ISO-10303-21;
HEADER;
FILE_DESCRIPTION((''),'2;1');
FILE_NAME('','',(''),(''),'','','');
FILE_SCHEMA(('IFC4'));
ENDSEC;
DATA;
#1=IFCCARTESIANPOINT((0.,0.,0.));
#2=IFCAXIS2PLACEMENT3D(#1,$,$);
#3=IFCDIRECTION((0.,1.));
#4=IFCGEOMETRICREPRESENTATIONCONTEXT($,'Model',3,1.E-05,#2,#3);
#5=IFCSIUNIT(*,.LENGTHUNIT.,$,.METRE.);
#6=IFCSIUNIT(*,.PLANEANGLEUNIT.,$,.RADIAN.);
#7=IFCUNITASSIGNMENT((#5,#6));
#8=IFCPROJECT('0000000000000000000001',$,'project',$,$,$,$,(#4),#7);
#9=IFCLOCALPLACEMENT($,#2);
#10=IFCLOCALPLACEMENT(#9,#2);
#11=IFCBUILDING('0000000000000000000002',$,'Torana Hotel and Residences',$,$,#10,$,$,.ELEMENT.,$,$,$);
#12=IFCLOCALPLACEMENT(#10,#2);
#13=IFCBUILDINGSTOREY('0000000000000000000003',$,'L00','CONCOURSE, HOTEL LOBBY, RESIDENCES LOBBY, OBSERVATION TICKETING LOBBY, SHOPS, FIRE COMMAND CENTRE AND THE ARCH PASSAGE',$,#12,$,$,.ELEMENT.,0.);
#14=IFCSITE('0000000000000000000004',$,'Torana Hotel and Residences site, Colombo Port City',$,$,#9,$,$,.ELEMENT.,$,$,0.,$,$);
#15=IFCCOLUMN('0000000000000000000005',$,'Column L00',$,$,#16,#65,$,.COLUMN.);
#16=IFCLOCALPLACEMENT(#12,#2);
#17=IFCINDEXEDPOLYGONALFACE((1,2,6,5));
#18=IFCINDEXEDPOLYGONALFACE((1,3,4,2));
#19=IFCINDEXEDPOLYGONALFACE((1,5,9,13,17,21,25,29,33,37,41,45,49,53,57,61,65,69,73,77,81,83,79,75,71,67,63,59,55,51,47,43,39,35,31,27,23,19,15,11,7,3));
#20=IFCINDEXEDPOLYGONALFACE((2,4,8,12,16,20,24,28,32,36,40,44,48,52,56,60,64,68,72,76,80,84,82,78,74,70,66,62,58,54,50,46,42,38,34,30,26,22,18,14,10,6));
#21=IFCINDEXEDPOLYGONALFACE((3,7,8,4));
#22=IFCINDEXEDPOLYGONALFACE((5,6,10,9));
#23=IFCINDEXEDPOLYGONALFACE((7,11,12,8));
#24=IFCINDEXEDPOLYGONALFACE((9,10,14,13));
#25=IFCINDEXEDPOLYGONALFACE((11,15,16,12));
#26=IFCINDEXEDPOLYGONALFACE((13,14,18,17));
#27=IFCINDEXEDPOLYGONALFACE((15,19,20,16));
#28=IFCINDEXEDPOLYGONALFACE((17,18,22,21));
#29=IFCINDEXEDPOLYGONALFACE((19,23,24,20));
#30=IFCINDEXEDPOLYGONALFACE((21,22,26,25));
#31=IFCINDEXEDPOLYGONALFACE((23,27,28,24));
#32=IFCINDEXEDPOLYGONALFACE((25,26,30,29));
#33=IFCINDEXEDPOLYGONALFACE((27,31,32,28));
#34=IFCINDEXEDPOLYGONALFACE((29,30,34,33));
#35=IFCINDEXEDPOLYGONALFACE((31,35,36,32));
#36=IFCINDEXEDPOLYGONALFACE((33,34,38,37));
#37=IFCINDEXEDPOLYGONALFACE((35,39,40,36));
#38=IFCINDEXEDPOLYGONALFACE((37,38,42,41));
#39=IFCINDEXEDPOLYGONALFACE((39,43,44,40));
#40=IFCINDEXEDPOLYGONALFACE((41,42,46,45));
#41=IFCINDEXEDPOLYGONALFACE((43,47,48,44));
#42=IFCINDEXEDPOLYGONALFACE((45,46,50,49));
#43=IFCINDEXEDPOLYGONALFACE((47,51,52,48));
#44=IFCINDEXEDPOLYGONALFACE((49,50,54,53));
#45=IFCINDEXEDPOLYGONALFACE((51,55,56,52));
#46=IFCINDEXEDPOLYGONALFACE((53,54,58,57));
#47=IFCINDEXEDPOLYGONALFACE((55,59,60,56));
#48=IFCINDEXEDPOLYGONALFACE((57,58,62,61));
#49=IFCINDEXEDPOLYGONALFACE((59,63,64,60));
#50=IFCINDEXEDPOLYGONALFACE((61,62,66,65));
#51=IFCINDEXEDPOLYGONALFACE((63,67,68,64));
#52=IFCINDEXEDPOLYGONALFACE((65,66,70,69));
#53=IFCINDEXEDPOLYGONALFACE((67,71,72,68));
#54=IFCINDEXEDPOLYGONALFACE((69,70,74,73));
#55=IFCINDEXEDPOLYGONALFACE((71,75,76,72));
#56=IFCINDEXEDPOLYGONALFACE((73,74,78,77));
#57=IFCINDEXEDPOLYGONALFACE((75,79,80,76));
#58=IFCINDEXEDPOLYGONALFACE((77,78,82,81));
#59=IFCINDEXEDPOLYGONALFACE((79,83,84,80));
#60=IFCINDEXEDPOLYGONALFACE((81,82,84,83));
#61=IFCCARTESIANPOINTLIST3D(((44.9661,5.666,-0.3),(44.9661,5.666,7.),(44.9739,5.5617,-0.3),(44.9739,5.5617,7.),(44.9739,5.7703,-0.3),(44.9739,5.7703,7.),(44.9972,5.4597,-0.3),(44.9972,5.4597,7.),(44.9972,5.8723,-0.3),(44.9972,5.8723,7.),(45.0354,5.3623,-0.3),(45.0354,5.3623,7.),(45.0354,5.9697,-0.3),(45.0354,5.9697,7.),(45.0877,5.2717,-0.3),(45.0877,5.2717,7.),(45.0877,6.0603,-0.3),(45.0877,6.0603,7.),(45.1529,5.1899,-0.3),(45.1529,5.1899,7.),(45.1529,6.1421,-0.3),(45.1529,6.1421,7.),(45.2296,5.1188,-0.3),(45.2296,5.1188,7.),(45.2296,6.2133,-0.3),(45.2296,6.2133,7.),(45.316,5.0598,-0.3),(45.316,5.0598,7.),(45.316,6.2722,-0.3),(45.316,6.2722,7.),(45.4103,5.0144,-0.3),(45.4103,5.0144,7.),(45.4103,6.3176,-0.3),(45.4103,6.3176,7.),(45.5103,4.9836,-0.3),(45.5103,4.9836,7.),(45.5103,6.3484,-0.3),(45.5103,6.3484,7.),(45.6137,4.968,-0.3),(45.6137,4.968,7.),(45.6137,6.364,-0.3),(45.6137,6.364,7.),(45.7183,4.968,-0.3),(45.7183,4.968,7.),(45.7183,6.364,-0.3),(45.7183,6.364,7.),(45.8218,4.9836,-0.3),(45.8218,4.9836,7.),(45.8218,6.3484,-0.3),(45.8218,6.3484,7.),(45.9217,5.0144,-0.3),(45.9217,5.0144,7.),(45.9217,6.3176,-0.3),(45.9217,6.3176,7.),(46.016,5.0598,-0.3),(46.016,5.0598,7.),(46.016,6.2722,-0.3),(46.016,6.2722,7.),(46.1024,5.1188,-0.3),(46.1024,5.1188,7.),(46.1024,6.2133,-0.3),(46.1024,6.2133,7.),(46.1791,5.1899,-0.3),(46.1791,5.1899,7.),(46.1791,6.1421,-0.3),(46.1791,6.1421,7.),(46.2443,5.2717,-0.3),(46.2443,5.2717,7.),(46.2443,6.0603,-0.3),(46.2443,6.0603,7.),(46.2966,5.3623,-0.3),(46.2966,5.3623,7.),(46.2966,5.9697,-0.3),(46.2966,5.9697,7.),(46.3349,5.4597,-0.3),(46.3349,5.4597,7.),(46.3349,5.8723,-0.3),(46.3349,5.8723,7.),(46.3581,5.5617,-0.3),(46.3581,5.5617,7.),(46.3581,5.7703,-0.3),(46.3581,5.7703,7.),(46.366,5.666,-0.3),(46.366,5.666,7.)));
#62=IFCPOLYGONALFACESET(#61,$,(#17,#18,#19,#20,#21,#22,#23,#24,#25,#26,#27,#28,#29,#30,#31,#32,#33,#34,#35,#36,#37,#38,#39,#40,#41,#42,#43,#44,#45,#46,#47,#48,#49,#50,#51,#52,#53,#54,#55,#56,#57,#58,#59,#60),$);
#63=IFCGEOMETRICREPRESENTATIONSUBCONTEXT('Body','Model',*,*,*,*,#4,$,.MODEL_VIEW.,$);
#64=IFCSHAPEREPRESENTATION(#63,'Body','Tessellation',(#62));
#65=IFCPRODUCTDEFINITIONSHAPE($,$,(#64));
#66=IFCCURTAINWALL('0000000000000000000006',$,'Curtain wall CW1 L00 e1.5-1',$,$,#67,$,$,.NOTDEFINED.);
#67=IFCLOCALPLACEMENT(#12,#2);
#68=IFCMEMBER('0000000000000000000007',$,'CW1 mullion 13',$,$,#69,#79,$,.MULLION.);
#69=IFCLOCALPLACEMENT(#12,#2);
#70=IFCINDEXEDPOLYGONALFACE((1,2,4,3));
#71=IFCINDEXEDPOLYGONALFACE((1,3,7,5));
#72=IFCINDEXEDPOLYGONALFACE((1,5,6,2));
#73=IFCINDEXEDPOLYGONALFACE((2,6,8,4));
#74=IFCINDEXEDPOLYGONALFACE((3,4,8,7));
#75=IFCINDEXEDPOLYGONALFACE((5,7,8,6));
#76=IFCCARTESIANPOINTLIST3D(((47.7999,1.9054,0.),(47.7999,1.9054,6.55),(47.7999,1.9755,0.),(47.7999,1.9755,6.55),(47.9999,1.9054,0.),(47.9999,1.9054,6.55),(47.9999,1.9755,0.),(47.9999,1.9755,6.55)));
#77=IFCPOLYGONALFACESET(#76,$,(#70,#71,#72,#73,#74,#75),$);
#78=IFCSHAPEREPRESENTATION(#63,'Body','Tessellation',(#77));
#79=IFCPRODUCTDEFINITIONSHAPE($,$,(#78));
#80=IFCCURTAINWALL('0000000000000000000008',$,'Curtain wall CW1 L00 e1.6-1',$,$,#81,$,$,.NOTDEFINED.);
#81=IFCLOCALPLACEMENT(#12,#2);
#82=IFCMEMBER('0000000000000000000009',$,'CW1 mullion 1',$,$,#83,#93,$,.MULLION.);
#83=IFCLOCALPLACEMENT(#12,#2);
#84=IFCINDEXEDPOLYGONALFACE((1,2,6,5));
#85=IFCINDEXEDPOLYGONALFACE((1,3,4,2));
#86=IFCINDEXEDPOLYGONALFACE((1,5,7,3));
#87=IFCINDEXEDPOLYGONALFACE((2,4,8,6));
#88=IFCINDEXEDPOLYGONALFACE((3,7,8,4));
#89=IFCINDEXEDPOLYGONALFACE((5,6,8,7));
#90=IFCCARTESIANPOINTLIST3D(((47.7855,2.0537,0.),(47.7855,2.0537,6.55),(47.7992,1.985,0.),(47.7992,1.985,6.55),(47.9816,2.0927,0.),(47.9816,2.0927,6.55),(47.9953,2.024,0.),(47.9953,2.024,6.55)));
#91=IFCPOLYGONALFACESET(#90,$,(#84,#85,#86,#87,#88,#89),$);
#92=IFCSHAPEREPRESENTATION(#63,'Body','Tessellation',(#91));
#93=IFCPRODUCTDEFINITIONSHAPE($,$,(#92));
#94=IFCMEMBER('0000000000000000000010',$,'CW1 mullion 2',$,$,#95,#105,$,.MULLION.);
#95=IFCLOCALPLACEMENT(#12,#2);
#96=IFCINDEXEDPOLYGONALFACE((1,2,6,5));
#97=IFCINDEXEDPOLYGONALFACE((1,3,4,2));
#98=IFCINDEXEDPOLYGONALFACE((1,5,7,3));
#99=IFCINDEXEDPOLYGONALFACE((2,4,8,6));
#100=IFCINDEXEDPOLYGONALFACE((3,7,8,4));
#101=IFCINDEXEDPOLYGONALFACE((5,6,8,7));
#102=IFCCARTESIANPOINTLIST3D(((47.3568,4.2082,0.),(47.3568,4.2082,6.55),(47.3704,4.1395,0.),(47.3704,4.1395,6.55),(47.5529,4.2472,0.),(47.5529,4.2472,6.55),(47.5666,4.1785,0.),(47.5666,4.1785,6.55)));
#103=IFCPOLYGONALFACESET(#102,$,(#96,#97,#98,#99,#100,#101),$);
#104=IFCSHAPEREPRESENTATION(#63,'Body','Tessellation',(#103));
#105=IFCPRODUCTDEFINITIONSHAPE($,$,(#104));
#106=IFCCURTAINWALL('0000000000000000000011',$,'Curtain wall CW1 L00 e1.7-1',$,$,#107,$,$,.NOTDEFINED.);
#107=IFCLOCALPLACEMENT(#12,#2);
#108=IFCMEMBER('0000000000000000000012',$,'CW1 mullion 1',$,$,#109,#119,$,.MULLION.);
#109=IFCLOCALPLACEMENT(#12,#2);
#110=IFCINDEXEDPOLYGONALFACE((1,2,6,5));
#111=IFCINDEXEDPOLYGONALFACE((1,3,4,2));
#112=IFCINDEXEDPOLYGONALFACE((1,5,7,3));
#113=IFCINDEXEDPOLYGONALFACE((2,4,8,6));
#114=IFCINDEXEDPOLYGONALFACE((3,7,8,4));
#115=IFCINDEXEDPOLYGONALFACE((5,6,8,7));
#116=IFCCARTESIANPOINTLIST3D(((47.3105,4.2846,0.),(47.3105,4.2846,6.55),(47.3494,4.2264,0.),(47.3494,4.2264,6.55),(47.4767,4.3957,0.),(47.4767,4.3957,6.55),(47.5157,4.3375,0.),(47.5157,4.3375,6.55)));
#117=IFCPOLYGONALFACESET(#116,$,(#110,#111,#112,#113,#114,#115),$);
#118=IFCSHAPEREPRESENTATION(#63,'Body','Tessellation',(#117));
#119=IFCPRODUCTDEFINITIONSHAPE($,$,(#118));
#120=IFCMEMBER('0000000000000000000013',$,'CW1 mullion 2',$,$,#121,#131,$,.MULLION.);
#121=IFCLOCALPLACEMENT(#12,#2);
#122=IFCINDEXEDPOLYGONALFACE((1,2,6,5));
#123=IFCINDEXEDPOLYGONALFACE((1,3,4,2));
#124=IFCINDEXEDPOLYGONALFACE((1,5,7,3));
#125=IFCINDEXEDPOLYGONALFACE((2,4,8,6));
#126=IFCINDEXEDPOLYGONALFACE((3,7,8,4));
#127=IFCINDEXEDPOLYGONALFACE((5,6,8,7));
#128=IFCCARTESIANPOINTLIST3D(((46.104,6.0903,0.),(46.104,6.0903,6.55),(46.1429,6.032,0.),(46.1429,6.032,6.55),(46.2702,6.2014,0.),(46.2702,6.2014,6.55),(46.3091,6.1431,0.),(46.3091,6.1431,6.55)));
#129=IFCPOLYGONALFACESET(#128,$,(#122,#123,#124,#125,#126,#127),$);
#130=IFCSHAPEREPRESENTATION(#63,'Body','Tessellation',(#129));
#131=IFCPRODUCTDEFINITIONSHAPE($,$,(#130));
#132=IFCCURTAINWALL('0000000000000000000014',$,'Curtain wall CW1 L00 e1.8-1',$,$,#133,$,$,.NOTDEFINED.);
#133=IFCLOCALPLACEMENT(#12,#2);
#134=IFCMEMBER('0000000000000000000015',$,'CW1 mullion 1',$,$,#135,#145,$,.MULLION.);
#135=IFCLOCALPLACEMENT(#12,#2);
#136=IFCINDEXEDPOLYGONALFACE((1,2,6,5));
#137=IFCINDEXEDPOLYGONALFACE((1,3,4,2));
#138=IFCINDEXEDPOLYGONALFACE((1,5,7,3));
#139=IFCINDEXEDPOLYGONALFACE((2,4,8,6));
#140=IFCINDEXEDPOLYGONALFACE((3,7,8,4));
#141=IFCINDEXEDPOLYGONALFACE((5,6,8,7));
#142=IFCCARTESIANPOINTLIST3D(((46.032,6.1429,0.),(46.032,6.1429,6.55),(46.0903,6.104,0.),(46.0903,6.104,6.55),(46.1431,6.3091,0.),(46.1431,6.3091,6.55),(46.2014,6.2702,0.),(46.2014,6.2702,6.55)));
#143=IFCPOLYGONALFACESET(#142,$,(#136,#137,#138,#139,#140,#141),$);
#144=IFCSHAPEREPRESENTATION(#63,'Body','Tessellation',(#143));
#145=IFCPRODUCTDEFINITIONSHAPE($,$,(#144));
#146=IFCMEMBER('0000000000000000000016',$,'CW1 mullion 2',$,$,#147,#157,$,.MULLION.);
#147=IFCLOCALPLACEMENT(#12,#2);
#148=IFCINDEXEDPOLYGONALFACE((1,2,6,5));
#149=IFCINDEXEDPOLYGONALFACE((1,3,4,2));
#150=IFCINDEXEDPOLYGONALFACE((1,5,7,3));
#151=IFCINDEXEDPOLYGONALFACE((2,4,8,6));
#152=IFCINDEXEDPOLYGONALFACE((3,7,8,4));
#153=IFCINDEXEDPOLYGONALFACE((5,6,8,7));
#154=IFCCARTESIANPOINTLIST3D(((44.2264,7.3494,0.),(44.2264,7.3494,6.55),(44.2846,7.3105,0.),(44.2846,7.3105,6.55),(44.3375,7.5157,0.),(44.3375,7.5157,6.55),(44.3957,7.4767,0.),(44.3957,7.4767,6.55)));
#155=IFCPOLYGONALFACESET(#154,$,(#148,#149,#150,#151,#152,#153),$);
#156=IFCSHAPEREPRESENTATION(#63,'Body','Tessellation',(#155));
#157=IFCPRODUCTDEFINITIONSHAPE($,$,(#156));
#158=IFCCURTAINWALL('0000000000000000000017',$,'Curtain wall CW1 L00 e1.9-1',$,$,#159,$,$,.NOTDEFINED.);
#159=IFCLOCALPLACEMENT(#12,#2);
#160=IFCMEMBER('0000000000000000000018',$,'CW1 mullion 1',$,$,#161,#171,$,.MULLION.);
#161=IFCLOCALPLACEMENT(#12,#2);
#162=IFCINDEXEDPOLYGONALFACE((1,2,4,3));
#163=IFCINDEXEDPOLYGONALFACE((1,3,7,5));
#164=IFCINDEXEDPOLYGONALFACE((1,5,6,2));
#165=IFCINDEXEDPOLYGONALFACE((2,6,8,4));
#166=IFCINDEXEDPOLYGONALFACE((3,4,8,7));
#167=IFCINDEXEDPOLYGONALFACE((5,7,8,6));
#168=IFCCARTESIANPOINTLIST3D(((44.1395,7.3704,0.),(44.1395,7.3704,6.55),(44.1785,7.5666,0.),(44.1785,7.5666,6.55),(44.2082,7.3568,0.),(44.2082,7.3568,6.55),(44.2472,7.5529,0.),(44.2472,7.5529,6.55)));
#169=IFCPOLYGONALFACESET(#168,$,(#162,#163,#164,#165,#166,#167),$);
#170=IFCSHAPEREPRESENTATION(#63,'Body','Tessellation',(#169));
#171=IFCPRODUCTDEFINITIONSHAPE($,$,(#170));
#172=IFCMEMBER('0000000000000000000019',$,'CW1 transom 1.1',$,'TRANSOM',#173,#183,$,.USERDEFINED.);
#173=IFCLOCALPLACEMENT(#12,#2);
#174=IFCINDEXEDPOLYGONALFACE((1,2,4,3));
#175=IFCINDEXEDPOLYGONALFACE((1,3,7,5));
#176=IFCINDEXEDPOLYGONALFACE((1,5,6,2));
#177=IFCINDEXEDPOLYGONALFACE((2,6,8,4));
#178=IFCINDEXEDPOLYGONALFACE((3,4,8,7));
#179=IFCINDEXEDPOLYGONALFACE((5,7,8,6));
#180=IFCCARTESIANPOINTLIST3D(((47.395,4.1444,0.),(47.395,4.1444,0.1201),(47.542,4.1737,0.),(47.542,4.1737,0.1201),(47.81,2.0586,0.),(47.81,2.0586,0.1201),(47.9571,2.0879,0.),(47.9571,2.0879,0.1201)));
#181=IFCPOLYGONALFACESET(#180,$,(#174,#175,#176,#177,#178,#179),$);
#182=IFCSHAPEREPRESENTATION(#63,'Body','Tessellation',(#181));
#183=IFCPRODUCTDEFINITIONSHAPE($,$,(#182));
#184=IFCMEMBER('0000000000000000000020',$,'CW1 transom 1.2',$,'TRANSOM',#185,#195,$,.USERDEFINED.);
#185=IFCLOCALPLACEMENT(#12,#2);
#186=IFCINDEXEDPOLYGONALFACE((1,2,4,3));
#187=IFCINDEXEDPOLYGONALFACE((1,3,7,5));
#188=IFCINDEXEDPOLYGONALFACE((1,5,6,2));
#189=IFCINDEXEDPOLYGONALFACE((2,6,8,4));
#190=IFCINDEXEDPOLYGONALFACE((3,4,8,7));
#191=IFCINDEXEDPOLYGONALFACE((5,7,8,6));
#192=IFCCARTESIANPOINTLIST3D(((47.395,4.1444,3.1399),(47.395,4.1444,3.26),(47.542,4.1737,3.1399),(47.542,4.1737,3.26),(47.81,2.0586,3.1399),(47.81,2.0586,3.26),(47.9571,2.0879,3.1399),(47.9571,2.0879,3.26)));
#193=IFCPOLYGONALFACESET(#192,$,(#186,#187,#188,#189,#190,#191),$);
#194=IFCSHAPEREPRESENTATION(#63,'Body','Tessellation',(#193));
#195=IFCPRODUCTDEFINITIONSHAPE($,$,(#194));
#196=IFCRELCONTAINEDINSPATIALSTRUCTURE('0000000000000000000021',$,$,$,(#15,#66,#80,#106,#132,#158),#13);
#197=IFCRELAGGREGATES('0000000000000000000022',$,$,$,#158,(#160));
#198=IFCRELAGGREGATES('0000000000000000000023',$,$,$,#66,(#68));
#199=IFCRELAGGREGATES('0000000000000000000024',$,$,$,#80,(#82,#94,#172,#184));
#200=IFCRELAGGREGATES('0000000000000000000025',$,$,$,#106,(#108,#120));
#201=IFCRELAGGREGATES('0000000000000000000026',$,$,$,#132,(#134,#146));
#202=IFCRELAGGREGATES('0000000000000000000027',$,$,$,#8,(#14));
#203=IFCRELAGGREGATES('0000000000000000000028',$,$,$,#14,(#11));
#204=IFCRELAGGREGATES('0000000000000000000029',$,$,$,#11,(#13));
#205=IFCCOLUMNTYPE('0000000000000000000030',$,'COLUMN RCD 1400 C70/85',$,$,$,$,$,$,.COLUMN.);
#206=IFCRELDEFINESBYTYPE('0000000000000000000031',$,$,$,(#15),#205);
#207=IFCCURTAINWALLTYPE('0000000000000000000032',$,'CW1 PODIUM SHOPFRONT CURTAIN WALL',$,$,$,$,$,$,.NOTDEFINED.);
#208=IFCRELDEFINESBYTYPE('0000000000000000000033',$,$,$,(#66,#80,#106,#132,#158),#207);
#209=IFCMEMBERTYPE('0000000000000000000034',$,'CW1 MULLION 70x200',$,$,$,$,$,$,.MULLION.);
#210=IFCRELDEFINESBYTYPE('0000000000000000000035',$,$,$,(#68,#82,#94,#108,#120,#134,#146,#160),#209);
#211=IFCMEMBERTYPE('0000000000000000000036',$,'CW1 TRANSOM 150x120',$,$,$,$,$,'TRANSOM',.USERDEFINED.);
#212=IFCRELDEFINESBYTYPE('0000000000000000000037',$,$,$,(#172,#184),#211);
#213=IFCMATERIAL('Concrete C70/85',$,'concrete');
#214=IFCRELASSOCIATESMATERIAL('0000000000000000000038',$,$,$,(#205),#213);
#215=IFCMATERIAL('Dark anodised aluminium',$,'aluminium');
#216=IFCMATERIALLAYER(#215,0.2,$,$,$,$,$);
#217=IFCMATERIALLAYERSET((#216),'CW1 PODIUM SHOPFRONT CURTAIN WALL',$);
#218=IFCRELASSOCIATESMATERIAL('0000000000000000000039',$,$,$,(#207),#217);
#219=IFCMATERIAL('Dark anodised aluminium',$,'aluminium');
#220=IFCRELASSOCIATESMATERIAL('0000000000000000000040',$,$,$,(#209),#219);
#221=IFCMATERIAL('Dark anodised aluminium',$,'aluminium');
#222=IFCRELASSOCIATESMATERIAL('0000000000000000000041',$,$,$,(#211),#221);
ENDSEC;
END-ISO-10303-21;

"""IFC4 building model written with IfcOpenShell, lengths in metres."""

from ifc_helpers import new_model, si_unit, direction, frame, origin, origin_2d, place, context, subcontext, project, spatial, rectangle, circle, extrude, material, layer, layer_set, material_profile, profile_set, type_object, element, aggregate, save


model = new_model("IFC4")

# Units and contexts
model_context = context("Model", 3, precision=1e-05, world=origin(), true_north=direction((0.0, 1.0)))
body_context = subcontext(model_context, "Body", "Model", "MODEL_VIEW")
ifc_project = project(units=[si_unit("LENGTHUNIT", "METRE"), si_unit("PLANEANGLEUNIT", "RADIAN")], contexts=[model_context])

# Site, building, storey
site_placement = place(None, origin())
site = spatial("IfcSite", under=ifc_project, at=site_placement, Name="Torana Hotel and Residences site, Colombo Port City", CompositionType="ELEMENT", RefElevation=0.0)
building_placement = place(site_placement, origin())
building = spatial("IfcBuilding", under=site, at=building_placement, Name="Torana Hotel and Residences", CompositionType="ELEMENT")
storey_placement = place(building_placement, origin())
storey = spatial("IfcBuildingStorey", under=building, at=storey_placement, Name="L00", Description="CONCOURSE, HOTEL LOBBY, RESIDENCES LOBBY, OBSERVATION TICKETING LOBBY, SHOPS, FIRE COMMAND CENTRE AND THE ARCH PASSAGE", CompositionType="ELEMENT", Elevation=0.0)

# Column
ifc_material_1 = material(Name="Concrete C70/85", Category="concrete")
ifc_material_profile_1 = material_profile(ifc_material_1, circle(Radius=0.7, at=origin_2d()), Name="RCD 1400")
ifc_profile_set_1 = profile_set([ifc_material_profile_1], Name="Concrete C70/85")
column_type = type_object("IfcColumnType", Name="COLUMN RCD 1400 C70/85", PredefinedType="COLUMN", material=ifc_profile_set_1)
column_placement = place(storey_placement, frame((45.666, 5.666, -0.3), z_axis=(0.0, 0.0, 1.0), x_axis=(1.0, 0.0, 0.0)))
element("IfcColumn", 1, at=column_placement, inside=storey, type_object=column_type, Name="Column L00", PredefinedType="COLUMN", context=body_context, shape_type="SweptSolid", body=[
    extrude(circle(Radius=0.7, at=origin_2d()), origin(), (0.0, 0.0, 1.0), 7.3),
])

# Curtain wall, member
ifc_material_2 = material(Name="Dark anodised aluminium", Category="aluminium")
ifc_layer_1 = layer(ifc_material_2, 0.2)
ifc_layer_set_1 = layer_set([ifc_layer_1], Name="CW1 PODIUM SHOPFRONT CURTAIN WALL")
curtain_wall_type = type_object("IfcCurtainWallType", Name="CW1 PODIUM SHOPFRONT CURTAIN WALL", PredefinedType="NOTDEFINED", material=ifc_layer_set_1)
curtain_wall_1_placement = place(storey_placement, origin())
curtain_wall_1 = element("IfcCurtainWall", 2, at=curtain_wall_1_placement, inside=storey, type_object=curtain_wall_type, Name="Curtain wall CW1 L00 e1.5-1", PredefinedType="NOTDEFINED")
ifc_material_3 = material(Name="Dark anodised aluminium", Category="aluminium")
ifc_material_profile_2 = material_profile(ifc_material_3, rectangle(XDim=0.2, YDim=0.0701, at=origin_2d()), Name="CW1 MULLION 70x200")
ifc_profile_set_2 = profile_set([ifc_material_profile_2], Name="Dark anodised aluminium")
member_type_1 = type_object("IfcMemberType", Name="CW1 MULLION 70x200", PredefinedType="MULLION", material=ifc_profile_set_2)
member_1_placement = place(storey_placement, frame((47.8999, 1.9404, 0.0), z_axis=(0.0, 0.0, 1.0), x_axis=(-1.0, 0.0, 0.0)))
member_1 = element("IfcMember", 3, at=member_1_placement, type_object=member_type_1, Name="CW1 mullion 13", PredefinedType="MULLION", context=body_context, shape_type="SweptSolid", body=[
    extrude(rectangle(XDim=0.2, YDim=0.0701, at=origin_2d()), origin(), (0.0, 0.0, 1.0), 6.55),
])

# Curtain walls, members
curtain_wall_2_placement = place(storey_placement, origin())
curtain_wall_2 = element("IfcCurtainWall", 4, at=curtain_wall_2_placement, inside=storey, type_object=curtain_wall_type, Name="Curtain wall CW1 L00 e1.6-1", PredefinedType="NOTDEFINED")
member_2_placement = place(storey_placement, frame((47.8904, 2.0388, 0.0), z_axis=(0.0, 0.0, 1.0), x_axis=(-0.980787, -0.195081, 0.0)))
member_2 = element("IfcMember", 5, at=member_2_placement, type_object=member_type_1, Name="CW1 mullion 1", PredefinedType="MULLION", context=body_context, shape_type="SweptSolid", body=[
    extrude(rectangle(XDim=0.2, YDim=0.0701, at=origin_2d()), origin(), (0.0, 0.0, 1.0), 6.55),
])
member_3_placement = place(storey_placement, frame((47.4617, 4.1934, 0.0), z_axis=(0.0, 0.0, 1.0), x_axis=(-0.980787, -0.195081, 0.0)))
member_3 = element("IfcMember", 6, at=member_3_placement, type_object=member_type_1, Name="CW1 mullion 2", PredefinedType="MULLION", context=body_context, shape_type="SweptSolid", body=[
    extrude(rectangle(XDim=0.2, YDim=0.0701, at=origin_2d()), origin(), (0.0, 0.0, 1.0), 6.55),
])
curtain_wall_3_placement = place(storey_placement, origin())
curtain_wall_3 = element("IfcCurtainWall", 7, at=curtain_wall_3_placement, inside=storey, type_object=curtain_wall_type, Name="Curtain wall CW1 L00 e1.7-1", PredefinedType="NOTDEFINED")
member_4_placement = place(storey_placement, frame((47.4131, 4.311, 0.0), z_axis=(0.0, 0.0, 1.0), x_axis=(-0.83146, -0.555585, 0.0)))
member_4 = element("IfcMember", 8, at=member_4_placement, type_object=member_type_1, Name="CW1 mullion 1", PredefinedType="MULLION", context=body_context, shape_type="SweptSolid", body=[
    extrude(rectangle(XDim=0.2, YDim=0.0701, at=origin_2d()), origin(), (0.0, 0.0, 1.0), 6.55),
])
member_5_placement = place(storey_placement, frame((46.2065, 6.1167, 0.0), z_axis=(0.0, 0.0, 1.0), x_axis=(-0.83146, -0.555585, 0.0)))
member_5 = element("IfcMember", 9, at=member_5_placement, type_object=member_type_1, Name="CW1 mullion 2", PredefinedType="MULLION", context=body_context, shape_type="SweptSolid", body=[
    extrude(rectangle(XDim=0.2, YDim=0.0701, at=origin_2d()), origin(), (0.0, 0.0, 1.0), 6.55),
])
curtain_wall_4_placement = place(storey_placement, origin())
curtain_wall_4 = element("IfcCurtainWall", 10, at=curtain_wall_4_placement, inside=storey, type_object=curtain_wall_type, Name="Curtain wall CW1 L00 e1.8-1", PredefinedType="NOTDEFINED")
member_6_placement = place(storey_placement, frame((46.1167, 6.2065, 0.0), z_axis=(0.0, 0.0, 1.0), x_axis=(-0.555585, -0.83146, 0.0)))
member_6 = element("IfcMember", 11, at=member_6_placement, type_object=member_type_1, Name="CW1 mullion 1", PredefinedType="MULLION", context=body_context, shape_type="SweptSolid", body=[
    extrude(rectangle(XDim=0.2, YDim=0.0701, at=origin_2d()), origin(), (0.0, 0.0, 1.0), 6.55),
])
member_7_placement = place(storey_placement, frame((44.311, 7.4131, 0.0), z_axis=(0.0, 0.0, 1.0), x_axis=(-0.555585, -0.83146, 0.0)))
member_7 = element("IfcMember", 12, at=member_7_placement, type_object=member_type_1, Name="CW1 mullion 2", PredefinedType="MULLION", context=body_context, shape_type="SweptSolid", body=[
    extrude(rectangle(XDim=0.2, YDim=0.0701, at=origin_2d()), origin(), (0.0, 0.0, 1.0), 6.55),
])

# Curtain wall, member
curtain_wall_5_placement = place(storey_placement, origin())
curtain_wall_5 = element("IfcCurtainWall", 13, at=curtain_wall_5_placement, inside=storey, type_object=curtain_wall_type, Name="Curtain wall CW1 L00 e1.9-1", PredefinedType="NOTDEFINED")
member_8_placement = place(storey_placement, frame((44.1934, 7.4617, 0.0), z_axis=(0.0, 0.0, 1.0), x_axis=(-0.195081, -0.980787, 0.0)))
member_8 = element("IfcMember", 14, at=member_8_placement, type_object=member_type_1, Name="CW1 mullion 1", PredefinedType="MULLION", context=body_context, shape_type="SweptSolid", body=[
    extrude(rectangle(XDim=0.2, YDim=0.0701, at=origin_2d()), origin(), (0.0, 0.0, 1.0), 6.55),
])

# Members
ifc_material_4 = material(Name="Dark anodised aluminium", Category="aluminium")
ifc_material_profile_3 = material_profile(ifc_material_4, rectangle(XDim=0.1499, YDim=0.1201, at=origin_2d()), Name="CW1 TRANSOM 150x120")
ifc_profile_set_3 = profile_set([ifc_material_profile_3], Name="Dark anodised aluminium")
member_type_2 = type_object("IfcMemberType", Name="CW1 TRANSOM 150x120", ElementType="TRANSOM", PredefinedType="USERDEFINED", material=ifc_profile_set_3)
member_9_placement = place(storey_placement, frame((47.8835, 2.0732, 0.0601), z_axis=(-0.195145, 0.980774, 0.0), x_axis=(-0.980774, -0.195145, 0.0)))
member_9 = element("IfcMember", 15, at=member_9_placement, type_object=member_type_2, Name="CW1 transom 1.1", ObjectType="TRANSOM", PredefinedType="USERDEFINED", context=body_context, shape_type="SweptSolid", body=[
    extrude(rectangle(XDim=0.1499, YDim=0.1201, at=origin_2d()), origin(), (0.0, 0.0, 1.0), 2.1267),
])
member_10_placement = place(storey_placement, frame((47.8835, 2.0732, 3.2), z_axis=(-0.195145, 0.980774, 0.0), x_axis=(-0.980774, -0.195145, 0.0)))
member_10 = element("IfcMember", 16, at=member_10_placement, type_object=member_type_2, Name="CW1 transom 1.2", ObjectType="TRANSOM", PredefinedType="USERDEFINED", context=body_context, shape_type="SweptSolid", body=[
    extrude(rectangle(XDim=0.1499, YDim=0.1201, at=origin_2d()), origin(), (0.0, 0.0, 1.0), 2.1267),
])
aggregate(curtain_wall_5, [member_8])

aggregate(curtain_wall_1, [member_1])
aggregate(curtain_wall_2, [member_2, member_3, member_9, member_10])
aggregate(curtain_wall_3, [member_4, member_5])
aggregate(curtain_wall_4, [member_6, member_7])

save(model, "model.ifc")
